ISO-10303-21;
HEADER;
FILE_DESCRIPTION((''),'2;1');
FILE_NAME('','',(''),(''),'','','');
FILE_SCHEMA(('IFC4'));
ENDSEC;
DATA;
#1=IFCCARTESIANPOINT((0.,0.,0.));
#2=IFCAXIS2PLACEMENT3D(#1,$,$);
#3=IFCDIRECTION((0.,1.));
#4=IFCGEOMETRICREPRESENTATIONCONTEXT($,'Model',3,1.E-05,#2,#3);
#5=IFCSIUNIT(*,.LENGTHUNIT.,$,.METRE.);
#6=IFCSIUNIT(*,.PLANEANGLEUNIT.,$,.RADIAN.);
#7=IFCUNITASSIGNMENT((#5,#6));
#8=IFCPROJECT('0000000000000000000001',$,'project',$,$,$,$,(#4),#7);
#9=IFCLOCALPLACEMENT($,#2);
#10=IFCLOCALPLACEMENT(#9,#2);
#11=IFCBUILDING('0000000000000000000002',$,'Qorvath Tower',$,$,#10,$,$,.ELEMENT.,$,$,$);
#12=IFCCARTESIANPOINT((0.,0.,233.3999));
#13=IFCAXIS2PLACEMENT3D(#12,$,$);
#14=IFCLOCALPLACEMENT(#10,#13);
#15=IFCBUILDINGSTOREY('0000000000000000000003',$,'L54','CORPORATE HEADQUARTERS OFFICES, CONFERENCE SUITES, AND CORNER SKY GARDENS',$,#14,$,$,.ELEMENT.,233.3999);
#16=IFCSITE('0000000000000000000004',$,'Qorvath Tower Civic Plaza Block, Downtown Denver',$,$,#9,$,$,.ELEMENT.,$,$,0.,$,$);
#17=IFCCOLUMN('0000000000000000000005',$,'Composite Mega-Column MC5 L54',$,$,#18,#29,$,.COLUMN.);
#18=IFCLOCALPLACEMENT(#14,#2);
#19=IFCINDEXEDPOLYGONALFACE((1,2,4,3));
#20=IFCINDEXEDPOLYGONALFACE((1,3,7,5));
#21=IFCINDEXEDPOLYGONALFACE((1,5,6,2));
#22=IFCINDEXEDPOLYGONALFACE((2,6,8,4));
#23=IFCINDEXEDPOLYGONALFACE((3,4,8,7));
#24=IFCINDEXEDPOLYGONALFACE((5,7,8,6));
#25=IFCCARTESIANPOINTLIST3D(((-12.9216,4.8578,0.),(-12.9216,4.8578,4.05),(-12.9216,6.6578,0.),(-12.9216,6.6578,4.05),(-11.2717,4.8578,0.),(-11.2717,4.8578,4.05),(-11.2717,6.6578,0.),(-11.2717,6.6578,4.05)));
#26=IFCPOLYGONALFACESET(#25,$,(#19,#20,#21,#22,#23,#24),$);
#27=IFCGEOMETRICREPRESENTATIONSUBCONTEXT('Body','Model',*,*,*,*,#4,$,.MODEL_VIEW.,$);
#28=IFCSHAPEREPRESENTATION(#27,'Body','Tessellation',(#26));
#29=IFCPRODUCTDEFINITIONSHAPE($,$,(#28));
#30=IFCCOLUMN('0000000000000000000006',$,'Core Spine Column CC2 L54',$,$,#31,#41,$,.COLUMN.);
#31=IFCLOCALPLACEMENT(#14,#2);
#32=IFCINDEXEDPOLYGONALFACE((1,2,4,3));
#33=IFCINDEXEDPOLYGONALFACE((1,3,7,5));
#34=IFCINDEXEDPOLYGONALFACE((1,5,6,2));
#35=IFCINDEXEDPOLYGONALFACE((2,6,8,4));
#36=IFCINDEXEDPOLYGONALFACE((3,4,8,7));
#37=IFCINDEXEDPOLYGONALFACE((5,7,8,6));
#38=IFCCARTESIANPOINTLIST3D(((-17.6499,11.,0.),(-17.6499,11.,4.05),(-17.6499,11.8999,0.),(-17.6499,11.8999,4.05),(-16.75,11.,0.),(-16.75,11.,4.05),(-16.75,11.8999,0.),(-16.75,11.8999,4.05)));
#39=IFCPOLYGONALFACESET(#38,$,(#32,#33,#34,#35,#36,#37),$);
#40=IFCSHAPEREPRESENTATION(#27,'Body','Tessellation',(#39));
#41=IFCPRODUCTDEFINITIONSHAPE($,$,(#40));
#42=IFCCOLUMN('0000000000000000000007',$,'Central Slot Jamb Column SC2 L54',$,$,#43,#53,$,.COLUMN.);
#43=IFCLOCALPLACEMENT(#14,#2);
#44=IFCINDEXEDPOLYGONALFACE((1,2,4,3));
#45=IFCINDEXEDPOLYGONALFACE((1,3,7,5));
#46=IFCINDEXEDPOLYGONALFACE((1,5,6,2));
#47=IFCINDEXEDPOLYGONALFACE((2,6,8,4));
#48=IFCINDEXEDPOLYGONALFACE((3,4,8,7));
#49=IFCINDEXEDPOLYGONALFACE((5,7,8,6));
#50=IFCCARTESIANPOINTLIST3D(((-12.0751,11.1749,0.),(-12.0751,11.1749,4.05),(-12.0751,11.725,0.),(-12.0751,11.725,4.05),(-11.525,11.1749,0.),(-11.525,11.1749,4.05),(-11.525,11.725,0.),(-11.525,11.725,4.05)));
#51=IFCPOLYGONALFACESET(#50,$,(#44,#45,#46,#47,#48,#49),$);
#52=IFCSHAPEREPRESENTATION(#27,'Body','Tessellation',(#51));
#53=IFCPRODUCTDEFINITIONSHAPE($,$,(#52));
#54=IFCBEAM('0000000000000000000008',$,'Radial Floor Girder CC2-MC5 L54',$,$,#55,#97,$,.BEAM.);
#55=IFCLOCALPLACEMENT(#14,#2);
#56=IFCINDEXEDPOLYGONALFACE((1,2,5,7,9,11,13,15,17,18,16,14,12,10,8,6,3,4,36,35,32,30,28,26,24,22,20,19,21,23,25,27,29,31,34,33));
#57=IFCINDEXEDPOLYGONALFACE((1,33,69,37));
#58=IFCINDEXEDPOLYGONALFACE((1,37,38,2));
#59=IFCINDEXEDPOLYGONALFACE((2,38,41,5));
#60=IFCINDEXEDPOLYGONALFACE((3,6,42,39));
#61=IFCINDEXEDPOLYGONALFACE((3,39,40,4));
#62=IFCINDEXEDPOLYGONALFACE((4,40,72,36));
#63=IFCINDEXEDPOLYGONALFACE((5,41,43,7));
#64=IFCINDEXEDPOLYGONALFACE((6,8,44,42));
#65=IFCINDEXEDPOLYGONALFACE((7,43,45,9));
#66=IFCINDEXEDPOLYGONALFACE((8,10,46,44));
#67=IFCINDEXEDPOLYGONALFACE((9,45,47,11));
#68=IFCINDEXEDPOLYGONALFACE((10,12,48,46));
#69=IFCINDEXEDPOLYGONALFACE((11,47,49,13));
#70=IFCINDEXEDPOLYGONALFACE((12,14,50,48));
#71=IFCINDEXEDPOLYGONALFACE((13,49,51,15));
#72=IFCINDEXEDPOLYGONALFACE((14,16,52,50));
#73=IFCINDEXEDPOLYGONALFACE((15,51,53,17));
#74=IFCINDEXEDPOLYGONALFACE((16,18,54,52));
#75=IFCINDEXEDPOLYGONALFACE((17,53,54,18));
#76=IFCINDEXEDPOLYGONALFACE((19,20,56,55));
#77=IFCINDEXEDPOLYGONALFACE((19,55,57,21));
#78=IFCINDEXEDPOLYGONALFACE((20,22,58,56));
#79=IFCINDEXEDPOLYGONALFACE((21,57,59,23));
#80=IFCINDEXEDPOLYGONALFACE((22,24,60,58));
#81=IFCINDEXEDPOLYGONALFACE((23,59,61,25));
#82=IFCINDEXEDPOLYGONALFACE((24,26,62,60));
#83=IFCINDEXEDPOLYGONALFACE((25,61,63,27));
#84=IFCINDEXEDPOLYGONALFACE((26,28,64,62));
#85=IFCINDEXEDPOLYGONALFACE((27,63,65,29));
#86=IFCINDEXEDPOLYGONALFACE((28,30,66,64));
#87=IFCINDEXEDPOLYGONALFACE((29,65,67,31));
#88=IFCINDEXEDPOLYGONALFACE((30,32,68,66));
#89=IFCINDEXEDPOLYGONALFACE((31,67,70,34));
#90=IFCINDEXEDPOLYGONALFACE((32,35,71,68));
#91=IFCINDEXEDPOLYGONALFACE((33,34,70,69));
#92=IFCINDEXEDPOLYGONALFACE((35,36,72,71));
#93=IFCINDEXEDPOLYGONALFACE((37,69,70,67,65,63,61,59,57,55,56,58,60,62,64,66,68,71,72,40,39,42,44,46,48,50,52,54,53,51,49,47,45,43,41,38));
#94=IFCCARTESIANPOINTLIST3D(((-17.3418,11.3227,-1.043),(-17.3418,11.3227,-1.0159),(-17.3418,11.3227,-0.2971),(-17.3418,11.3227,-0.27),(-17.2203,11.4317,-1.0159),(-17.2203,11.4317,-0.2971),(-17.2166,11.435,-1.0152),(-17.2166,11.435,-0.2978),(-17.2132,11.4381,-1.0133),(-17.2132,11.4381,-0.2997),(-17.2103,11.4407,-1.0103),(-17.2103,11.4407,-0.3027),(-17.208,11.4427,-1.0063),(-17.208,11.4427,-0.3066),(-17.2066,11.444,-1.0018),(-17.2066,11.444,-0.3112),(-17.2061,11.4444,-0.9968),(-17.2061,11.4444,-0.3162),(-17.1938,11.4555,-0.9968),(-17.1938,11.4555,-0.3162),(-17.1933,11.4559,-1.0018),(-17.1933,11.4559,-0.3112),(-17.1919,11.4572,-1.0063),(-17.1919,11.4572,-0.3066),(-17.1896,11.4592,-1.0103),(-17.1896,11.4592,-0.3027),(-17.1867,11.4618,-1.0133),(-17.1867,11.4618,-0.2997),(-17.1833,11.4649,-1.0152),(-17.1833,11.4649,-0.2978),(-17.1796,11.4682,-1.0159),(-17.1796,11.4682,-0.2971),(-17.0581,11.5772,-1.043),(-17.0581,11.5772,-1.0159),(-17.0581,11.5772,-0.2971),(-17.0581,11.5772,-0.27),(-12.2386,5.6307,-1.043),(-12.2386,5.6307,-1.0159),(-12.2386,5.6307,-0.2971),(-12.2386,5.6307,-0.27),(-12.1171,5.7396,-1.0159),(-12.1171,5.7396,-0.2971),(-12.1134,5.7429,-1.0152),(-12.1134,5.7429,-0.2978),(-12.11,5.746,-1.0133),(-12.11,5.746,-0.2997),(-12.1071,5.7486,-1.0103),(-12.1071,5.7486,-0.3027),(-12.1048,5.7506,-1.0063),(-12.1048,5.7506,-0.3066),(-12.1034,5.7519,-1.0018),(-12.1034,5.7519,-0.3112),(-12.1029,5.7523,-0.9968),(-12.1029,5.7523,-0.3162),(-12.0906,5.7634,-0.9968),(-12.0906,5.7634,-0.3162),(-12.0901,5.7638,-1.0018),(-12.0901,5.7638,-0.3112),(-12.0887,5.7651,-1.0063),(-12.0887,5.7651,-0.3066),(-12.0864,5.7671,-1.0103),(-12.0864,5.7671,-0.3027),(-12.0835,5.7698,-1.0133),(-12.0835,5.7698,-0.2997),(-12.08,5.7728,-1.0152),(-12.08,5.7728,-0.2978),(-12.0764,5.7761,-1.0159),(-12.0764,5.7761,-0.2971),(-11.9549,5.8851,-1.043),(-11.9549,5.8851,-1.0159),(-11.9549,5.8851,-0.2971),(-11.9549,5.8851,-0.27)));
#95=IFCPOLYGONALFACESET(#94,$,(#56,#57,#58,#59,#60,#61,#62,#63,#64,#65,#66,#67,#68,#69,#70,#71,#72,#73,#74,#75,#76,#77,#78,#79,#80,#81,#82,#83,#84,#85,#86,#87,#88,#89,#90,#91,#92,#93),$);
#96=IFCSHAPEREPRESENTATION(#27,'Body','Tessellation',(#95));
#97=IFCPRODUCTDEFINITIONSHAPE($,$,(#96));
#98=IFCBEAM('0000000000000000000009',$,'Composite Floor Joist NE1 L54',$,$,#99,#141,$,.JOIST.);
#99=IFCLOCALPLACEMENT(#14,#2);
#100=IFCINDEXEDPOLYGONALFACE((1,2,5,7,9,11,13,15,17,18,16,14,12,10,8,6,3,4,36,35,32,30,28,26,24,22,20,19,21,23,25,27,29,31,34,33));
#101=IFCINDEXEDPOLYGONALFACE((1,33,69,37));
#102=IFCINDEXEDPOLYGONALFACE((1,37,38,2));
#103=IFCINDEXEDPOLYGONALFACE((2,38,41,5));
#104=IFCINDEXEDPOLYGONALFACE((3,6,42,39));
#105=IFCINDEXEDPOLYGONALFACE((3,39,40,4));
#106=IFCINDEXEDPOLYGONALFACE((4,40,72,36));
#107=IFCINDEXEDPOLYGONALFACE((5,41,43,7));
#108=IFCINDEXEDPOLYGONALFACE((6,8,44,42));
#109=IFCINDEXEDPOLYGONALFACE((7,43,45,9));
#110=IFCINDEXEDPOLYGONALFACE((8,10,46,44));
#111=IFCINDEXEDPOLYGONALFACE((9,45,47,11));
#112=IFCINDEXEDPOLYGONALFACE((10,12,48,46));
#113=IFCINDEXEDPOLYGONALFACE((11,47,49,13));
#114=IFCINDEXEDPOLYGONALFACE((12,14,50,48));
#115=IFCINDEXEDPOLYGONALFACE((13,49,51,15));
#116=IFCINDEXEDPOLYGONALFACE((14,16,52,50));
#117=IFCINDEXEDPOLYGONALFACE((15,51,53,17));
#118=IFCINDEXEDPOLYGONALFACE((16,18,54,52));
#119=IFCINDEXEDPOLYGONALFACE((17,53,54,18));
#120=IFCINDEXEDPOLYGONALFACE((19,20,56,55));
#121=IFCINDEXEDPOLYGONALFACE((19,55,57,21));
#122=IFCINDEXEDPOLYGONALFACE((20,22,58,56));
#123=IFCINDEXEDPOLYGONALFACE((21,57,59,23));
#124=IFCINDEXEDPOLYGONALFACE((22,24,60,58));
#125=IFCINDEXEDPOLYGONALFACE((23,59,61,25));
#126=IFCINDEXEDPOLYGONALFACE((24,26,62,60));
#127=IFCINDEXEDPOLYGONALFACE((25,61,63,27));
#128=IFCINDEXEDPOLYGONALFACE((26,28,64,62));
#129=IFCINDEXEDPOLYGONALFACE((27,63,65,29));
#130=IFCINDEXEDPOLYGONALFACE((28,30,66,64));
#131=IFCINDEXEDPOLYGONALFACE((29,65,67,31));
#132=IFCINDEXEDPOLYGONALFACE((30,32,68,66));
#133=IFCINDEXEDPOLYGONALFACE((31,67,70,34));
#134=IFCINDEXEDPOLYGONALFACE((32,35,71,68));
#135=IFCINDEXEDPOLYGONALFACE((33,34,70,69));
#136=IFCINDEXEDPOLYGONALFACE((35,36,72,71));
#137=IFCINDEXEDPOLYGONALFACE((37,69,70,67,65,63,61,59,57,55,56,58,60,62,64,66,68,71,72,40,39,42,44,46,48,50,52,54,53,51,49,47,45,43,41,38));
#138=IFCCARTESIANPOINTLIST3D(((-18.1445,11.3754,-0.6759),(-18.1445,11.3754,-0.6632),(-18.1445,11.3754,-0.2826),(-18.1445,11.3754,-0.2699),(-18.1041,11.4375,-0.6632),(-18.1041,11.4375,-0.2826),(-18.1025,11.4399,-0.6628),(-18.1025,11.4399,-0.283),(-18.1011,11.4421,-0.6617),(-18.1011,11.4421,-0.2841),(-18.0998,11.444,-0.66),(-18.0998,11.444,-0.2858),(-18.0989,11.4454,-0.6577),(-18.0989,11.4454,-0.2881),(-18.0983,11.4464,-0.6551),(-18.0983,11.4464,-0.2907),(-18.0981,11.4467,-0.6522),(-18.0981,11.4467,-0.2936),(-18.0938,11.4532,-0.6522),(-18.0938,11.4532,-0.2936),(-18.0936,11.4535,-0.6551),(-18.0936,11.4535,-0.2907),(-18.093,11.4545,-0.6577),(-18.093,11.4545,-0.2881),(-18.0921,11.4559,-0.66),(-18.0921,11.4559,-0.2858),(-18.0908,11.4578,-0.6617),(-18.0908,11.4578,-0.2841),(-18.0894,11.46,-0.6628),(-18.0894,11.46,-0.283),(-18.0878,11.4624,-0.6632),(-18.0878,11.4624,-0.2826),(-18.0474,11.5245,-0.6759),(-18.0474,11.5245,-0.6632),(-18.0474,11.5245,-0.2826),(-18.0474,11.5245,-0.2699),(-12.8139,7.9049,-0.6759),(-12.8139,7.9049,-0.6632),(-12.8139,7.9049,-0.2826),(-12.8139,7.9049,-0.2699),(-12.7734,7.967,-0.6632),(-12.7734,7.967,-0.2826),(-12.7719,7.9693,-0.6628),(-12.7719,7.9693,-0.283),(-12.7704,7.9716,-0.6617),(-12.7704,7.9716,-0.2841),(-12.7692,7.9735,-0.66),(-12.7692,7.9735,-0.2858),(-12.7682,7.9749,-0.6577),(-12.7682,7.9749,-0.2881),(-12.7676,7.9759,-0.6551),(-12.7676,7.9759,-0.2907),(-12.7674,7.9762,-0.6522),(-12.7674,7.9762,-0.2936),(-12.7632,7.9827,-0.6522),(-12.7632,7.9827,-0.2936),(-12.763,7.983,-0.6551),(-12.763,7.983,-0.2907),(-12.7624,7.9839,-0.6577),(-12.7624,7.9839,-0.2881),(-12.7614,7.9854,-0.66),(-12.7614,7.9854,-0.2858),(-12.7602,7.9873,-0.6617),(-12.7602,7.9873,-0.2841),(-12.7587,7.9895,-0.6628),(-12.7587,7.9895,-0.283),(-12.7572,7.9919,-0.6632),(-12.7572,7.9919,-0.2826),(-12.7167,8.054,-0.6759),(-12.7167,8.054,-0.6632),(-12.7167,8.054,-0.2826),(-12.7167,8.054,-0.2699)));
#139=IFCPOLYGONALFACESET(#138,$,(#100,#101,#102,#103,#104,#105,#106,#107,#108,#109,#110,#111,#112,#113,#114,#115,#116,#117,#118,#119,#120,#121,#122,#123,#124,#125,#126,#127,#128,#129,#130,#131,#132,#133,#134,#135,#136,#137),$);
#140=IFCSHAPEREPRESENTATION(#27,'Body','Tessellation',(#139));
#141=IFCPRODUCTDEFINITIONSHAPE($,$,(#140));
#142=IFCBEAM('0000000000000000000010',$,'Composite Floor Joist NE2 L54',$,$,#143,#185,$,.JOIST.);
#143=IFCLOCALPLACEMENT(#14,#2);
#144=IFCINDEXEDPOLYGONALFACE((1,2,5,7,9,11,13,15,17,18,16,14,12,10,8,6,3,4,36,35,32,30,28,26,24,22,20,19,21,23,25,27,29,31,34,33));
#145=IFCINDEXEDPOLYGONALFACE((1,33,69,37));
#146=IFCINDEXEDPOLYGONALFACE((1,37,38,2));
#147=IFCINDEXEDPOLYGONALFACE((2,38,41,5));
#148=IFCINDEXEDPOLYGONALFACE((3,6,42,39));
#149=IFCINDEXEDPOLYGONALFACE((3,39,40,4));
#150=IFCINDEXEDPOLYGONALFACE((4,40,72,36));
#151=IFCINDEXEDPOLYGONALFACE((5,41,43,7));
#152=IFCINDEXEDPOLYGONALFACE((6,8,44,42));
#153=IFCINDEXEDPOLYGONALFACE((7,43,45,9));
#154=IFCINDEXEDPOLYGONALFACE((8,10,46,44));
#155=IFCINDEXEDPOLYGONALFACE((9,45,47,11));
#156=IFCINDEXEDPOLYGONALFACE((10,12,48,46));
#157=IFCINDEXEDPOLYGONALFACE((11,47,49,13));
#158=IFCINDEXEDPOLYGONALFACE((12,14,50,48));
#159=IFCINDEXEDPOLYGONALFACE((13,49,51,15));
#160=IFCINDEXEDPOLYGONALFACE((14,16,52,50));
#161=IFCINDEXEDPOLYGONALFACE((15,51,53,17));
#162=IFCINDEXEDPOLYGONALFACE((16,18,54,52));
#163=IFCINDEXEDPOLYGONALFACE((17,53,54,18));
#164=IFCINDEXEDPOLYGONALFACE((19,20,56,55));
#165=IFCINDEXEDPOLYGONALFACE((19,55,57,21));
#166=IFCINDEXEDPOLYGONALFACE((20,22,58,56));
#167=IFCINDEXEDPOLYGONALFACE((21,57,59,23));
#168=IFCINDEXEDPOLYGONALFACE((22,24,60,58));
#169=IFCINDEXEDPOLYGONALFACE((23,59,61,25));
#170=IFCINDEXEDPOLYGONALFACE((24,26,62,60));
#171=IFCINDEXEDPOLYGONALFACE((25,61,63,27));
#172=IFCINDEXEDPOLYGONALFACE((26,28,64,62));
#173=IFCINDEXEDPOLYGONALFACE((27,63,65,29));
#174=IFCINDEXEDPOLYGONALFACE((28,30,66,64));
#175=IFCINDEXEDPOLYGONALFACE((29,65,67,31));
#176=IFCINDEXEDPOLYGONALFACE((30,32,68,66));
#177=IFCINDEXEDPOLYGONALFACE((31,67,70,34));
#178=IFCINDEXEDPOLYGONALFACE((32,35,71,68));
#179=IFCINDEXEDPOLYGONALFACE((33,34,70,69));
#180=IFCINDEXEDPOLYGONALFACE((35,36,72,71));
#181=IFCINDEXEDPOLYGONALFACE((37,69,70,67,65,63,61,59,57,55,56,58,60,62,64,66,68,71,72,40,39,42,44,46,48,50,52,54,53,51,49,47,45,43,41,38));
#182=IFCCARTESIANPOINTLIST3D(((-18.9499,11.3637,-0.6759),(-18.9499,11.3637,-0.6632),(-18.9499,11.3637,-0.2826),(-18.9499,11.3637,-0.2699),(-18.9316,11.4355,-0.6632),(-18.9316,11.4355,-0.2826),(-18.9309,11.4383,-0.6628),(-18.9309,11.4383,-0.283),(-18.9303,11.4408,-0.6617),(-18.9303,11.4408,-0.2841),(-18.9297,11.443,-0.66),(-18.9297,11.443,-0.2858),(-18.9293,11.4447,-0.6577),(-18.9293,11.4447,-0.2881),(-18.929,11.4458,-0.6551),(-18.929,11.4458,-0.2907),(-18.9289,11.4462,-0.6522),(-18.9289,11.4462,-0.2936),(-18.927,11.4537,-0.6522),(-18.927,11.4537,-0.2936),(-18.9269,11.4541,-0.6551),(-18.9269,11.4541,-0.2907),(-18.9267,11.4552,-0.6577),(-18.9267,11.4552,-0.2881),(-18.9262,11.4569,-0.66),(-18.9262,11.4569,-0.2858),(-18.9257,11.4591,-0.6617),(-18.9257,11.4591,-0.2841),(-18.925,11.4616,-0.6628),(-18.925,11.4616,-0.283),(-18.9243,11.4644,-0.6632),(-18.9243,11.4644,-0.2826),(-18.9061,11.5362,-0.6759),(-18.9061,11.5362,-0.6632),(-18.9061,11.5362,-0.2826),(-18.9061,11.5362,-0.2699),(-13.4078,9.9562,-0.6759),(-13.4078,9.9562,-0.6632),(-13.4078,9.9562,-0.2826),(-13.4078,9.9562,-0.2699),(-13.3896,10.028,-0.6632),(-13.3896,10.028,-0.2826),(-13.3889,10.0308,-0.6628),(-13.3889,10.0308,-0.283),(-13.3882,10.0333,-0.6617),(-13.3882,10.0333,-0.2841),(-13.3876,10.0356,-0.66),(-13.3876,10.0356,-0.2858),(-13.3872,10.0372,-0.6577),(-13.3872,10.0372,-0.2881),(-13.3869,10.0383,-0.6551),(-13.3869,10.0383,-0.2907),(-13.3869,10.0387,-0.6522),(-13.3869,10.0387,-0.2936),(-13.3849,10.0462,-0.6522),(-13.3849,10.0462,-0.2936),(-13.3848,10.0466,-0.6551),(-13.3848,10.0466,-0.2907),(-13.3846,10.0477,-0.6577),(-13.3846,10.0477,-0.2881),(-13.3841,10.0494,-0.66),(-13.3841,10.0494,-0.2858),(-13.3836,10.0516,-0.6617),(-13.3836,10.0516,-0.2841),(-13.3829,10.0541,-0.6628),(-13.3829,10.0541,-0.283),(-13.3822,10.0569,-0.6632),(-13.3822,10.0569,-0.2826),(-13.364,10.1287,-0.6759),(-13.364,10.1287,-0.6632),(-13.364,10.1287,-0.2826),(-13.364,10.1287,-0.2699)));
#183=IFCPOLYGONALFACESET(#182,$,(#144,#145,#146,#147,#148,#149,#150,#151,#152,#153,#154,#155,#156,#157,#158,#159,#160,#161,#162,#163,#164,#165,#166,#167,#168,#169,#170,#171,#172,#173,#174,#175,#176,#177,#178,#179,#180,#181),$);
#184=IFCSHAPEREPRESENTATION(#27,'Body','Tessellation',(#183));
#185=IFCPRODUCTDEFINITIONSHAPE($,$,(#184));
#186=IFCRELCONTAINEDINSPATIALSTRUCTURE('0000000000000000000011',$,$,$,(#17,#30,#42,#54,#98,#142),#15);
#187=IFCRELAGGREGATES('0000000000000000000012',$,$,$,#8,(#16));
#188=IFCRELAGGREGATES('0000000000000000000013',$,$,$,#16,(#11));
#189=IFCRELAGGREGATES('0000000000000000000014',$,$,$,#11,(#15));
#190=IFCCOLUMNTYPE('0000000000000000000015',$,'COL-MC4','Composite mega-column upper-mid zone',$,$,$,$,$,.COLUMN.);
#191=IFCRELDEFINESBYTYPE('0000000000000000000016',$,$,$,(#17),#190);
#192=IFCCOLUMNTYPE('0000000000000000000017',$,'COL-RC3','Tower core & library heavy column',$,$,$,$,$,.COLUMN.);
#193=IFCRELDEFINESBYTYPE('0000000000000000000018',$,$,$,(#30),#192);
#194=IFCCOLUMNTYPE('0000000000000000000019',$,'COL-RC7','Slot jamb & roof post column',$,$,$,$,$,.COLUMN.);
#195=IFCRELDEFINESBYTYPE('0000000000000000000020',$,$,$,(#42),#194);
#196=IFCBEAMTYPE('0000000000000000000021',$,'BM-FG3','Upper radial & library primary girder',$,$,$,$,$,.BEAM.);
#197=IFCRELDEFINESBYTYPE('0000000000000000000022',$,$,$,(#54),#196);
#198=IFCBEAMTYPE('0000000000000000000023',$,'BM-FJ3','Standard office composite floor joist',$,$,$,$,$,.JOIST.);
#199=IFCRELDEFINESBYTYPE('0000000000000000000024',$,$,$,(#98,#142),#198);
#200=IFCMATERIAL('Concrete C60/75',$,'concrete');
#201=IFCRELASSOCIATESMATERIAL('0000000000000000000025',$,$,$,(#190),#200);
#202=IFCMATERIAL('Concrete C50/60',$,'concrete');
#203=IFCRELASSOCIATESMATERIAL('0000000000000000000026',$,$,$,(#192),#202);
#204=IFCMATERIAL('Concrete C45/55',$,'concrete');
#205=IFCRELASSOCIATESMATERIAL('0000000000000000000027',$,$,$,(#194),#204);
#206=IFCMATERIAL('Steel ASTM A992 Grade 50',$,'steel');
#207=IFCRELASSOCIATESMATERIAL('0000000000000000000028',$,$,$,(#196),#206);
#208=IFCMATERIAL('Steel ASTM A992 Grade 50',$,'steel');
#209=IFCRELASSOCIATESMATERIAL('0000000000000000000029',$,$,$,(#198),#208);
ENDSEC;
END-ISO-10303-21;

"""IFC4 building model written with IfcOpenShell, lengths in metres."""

from ifc_helpers import new_model, si_unit, direction, frame, origin, origin_2d, place, context, subcontext, project, spatial, rectangle, i_section, extrude, material, material_profile, profile_set, type_object, element, save


model = new_model("IFC4")

# Units and contexts
model_context = context("Model", 3, precision=1e-05, world=origin(), true_north=direction((0.0, 1.0)))
body_context = subcontext(model_context, "Body", "Model", "MODEL_VIEW")
ifc_project = project(units=[si_unit("LENGTHUNIT", "METRE"), si_unit("PLANEANGLEUNIT", "RADIAN")], contexts=[model_context])

# Site, building, storey
site_placement = place(None, origin())
site = spatial("IfcSite", under=ifc_project, at=site_placement, Name="Qorvath Tower Civic Plaza Block, Downtown Denver", CompositionType="ELEMENT", RefElevation=0.0)
building_placement = place(site_placement, origin())
building = spatial("IfcBuilding", under=site, at=building_placement, Name="Qorvath Tower", CompositionType="ELEMENT")
storey_placement = place(building_placement, frame((0.0, 0.0, 233.3999)))
storey = spatial("IfcBuildingStorey", under=building, at=storey_placement, Name="L54", Description="CORPORATE HEADQUARTERS OFFICES, CONFERENCE SUITES, AND CORNER SKY GARDENS", CompositionType="ELEMENT", Elevation=233.3999)

# Columns
ifc_material_1 = material(Name="Concrete C60/75", Category="concrete")
ifc_material_profile_1 = material_profile(ifc_material_1, rectangle(XDim=1.6499, YDim=1.8, at=origin_2d()), Name="MC 1800x1650")
ifc_profile_set_1 = profile_set([ifc_material_profile_1], Name="Concrete C60/75")
column_type_1 = type_object("IfcColumnType", Name="COL-MC4", Description="Composite mega-column upper-mid zone", PredefinedType="COLUMN", material=ifc_profile_set_1)
column_1_placement = place(storey_placement, frame((-12.0967, 5.7578, 0.0), z_axis=(0.0, 0.0, 1.0), x_axis=(1.0, 0.0, 0.0)))
element("IfcColumn", 1, at=column_1_placement, inside=storey, type_object=column_type_1, Name="Composite Mega-Column MC5 L54", PredefinedType="COLUMN", context=body_context, shape_type="SweptSolid", body=[
    extrude(rectangle(XDim=1.6499, YDim=1.8, at=origin_2d()), origin(), (0.0, 0.0, 1.0), 4.05),
])
ifc_material_2 = material(Name="Concrete C50/60", Category="concrete")
ifc_material_profile_2 = material_profile(ifc_material_2, rectangle(XDim=0.8999, YDim=0.8999, at=origin_2d()), Name="RC 900x900")
ifc_profile_set_2 = profile_set([ifc_material_profile_2], Name="Concrete C50/60")
column_type_2 = type_object("IfcColumnType", Name="COL-RC3", Description="Tower core & library heavy column", PredefinedType="COLUMN", material=ifc_profile_set_2)
column_2_placement = place(storey_placement, frame((-17.2, 11.45, 0.0), z_axis=(0.0, 0.0, 1.0), x_axis=(1.0, 0.0, 0.0)))
element("IfcColumn", 2, at=column_2_placement, inside=storey, type_object=column_type_2, Name="Core Spine Column CC2 L54", PredefinedType="COLUMN", context=body_context, shape_type="SweptSolid", body=[
    extrude(rectangle(XDim=0.8999, YDim=0.8999, at=origin_2d()), origin(), (0.0, 0.0, 1.0), 4.05),
])
ifc_material_3 = material(Name="Concrete C45/55", Category="concrete")
ifc_material_profile_3 = material_profile(ifc_material_3, rectangle(XDim=0.55, YDim=0.55, at=origin_2d()), Name="RC 550x550")
ifc_profile_set_3 = profile_set([ifc_material_profile_3], Name="Concrete C45/55")
column_type_3 = type_object("IfcColumnType", Name="COL-RC7", Description="Slot jamb & roof post column", PredefinedType="COLUMN", material=ifc_profile_set_3)
column_3_placement = place(storey_placement, frame((-11.8, 11.45, 0.0), z_axis=(0.0, 0.0, 1.0), x_axis=(1.0, 0.0, 0.0)))
element("IfcColumn", 3, at=column_3_placement, inside=storey, type_object=column_type_3, Name="Central Slot Jamb Column SC2 L54", PredefinedType="COLUMN", context=body_context, shape_type="SweptSolid", body=[
    extrude(rectangle(XDim=0.55, YDim=0.55, at=origin_2d()), origin(), (0.0, 0.0, 1.0), 4.05),
])

# Beams
ifc_material_4 = material(Name="Steel ASTM A992 Grade 50", Category="steel")
ifc_material_profile_4 = material_profile(ifc_material_4, i_section(OverallWidth=0.3811, OverallDepth=0.7729, WebThickness=0.0166, FlangeThickness=0.0271, FilletRadius=0.019, at=origin_2d()), Name="W30x173")
ifc_profile_set_4 = profile_set([ifc_material_profile_4], Name="Steel ASTM A992 Grade 50")
beam_type_1 = type_object("IfcBeamType", Name="BM-FG3", Description="Upper radial & library primary girder", PredefinedType="BEAM", material=ifc_profile_set_4)
beam_1_placement = place(storey_placement, frame((-17.2, 11.45, -0.6565), z_axis=(0.667543, -0.744571, 0.0), x_axis=(0.744571, 0.667543, 0.0)))
element("IfcBeam", 4, at=beam_1_placement, inside=storey, type_object=beam_type_1, Name="Radial Floor Girder CC2-MC5 L54", PredefinedType="BEAM", context=body_context, shape_type="SweptSolid", body=[
    extrude(i_section(OverallWidth=0.3811, OverallDepth=0.7729, WebThickness=0.0166, FlangeThickness=0.0271, FilletRadius=0.019, at=origin_2d()), origin(), (0.0, 0.0, 1.0), 7.6448),
])
ifc_material_5 = material(Name="Steel ASTM A992 Grade 50", Category="steel")
ifc_material_profile_5 = material_profile(ifc_material_5, i_section(OverallWidth=0.178, OverallDepth=0.406, WebThickness=0.0078, FlangeThickness=0.0127, FilletRadius=0.011, at=origin_2d()), Name="W16x40")
ifc_profile_set_5 = profile_set([ifc_material_profile_5], Name="Steel ASTM A992 Grade 50")
beam_type_2 = type_object("IfcBeamType", Name="BM-FJ3", Description="Standard office composite floor joist", PredefinedType="JOIST", material=ifc_profile_set_5)
beam_2_placement = place(storey_placement, frame((-18.0959, 11.45, -0.4729), z_axis=(0.838042, -0.545606, 0.0), x_axis=(0.545606, 0.838042, 0.0)))
element("IfcBeam", 5, at=beam_2_placement, inside=storey, type_object=beam_type_2, Name="Composite Floor Joist NE1 L54", PredefinedType="JOIST", context=body_context, shape_type="SweptSolid", body=[
    extrude(i_section(OverallWidth=0.178, OverallDepth=0.406, WebThickness=0.0078, FlangeThickness=0.0127, FilletRadius=0.011, at=origin_2d()), origin(), (0.0, 0.0, 1.0), 6.3608),
])
beam_3_placement = place(storey_placement, frame((-18.928, 11.45, -0.4729), z_axis=(0.969232, -0.246151, 0.0), x_axis=(0.246151, 0.969232, 0.0)))
element("IfcBeam", 6, at=beam_3_placement, inside=storey, type_object=beam_type_2, Name="Composite Floor Joist NE2 L54", PredefinedType="JOIST", context=body_context, shape_type="SweptSolid", body=[
    extrude(i_section(OverallWidth=0.178, OverallDepth=0.406, WebThickness=0.0078, FlangeThickness=0.0127, FilletRadius=0.011, at=origin_2d()), origin(), (0.0, 0.0, 1.0), 5.718),
])

save(model, "model.ifc")
